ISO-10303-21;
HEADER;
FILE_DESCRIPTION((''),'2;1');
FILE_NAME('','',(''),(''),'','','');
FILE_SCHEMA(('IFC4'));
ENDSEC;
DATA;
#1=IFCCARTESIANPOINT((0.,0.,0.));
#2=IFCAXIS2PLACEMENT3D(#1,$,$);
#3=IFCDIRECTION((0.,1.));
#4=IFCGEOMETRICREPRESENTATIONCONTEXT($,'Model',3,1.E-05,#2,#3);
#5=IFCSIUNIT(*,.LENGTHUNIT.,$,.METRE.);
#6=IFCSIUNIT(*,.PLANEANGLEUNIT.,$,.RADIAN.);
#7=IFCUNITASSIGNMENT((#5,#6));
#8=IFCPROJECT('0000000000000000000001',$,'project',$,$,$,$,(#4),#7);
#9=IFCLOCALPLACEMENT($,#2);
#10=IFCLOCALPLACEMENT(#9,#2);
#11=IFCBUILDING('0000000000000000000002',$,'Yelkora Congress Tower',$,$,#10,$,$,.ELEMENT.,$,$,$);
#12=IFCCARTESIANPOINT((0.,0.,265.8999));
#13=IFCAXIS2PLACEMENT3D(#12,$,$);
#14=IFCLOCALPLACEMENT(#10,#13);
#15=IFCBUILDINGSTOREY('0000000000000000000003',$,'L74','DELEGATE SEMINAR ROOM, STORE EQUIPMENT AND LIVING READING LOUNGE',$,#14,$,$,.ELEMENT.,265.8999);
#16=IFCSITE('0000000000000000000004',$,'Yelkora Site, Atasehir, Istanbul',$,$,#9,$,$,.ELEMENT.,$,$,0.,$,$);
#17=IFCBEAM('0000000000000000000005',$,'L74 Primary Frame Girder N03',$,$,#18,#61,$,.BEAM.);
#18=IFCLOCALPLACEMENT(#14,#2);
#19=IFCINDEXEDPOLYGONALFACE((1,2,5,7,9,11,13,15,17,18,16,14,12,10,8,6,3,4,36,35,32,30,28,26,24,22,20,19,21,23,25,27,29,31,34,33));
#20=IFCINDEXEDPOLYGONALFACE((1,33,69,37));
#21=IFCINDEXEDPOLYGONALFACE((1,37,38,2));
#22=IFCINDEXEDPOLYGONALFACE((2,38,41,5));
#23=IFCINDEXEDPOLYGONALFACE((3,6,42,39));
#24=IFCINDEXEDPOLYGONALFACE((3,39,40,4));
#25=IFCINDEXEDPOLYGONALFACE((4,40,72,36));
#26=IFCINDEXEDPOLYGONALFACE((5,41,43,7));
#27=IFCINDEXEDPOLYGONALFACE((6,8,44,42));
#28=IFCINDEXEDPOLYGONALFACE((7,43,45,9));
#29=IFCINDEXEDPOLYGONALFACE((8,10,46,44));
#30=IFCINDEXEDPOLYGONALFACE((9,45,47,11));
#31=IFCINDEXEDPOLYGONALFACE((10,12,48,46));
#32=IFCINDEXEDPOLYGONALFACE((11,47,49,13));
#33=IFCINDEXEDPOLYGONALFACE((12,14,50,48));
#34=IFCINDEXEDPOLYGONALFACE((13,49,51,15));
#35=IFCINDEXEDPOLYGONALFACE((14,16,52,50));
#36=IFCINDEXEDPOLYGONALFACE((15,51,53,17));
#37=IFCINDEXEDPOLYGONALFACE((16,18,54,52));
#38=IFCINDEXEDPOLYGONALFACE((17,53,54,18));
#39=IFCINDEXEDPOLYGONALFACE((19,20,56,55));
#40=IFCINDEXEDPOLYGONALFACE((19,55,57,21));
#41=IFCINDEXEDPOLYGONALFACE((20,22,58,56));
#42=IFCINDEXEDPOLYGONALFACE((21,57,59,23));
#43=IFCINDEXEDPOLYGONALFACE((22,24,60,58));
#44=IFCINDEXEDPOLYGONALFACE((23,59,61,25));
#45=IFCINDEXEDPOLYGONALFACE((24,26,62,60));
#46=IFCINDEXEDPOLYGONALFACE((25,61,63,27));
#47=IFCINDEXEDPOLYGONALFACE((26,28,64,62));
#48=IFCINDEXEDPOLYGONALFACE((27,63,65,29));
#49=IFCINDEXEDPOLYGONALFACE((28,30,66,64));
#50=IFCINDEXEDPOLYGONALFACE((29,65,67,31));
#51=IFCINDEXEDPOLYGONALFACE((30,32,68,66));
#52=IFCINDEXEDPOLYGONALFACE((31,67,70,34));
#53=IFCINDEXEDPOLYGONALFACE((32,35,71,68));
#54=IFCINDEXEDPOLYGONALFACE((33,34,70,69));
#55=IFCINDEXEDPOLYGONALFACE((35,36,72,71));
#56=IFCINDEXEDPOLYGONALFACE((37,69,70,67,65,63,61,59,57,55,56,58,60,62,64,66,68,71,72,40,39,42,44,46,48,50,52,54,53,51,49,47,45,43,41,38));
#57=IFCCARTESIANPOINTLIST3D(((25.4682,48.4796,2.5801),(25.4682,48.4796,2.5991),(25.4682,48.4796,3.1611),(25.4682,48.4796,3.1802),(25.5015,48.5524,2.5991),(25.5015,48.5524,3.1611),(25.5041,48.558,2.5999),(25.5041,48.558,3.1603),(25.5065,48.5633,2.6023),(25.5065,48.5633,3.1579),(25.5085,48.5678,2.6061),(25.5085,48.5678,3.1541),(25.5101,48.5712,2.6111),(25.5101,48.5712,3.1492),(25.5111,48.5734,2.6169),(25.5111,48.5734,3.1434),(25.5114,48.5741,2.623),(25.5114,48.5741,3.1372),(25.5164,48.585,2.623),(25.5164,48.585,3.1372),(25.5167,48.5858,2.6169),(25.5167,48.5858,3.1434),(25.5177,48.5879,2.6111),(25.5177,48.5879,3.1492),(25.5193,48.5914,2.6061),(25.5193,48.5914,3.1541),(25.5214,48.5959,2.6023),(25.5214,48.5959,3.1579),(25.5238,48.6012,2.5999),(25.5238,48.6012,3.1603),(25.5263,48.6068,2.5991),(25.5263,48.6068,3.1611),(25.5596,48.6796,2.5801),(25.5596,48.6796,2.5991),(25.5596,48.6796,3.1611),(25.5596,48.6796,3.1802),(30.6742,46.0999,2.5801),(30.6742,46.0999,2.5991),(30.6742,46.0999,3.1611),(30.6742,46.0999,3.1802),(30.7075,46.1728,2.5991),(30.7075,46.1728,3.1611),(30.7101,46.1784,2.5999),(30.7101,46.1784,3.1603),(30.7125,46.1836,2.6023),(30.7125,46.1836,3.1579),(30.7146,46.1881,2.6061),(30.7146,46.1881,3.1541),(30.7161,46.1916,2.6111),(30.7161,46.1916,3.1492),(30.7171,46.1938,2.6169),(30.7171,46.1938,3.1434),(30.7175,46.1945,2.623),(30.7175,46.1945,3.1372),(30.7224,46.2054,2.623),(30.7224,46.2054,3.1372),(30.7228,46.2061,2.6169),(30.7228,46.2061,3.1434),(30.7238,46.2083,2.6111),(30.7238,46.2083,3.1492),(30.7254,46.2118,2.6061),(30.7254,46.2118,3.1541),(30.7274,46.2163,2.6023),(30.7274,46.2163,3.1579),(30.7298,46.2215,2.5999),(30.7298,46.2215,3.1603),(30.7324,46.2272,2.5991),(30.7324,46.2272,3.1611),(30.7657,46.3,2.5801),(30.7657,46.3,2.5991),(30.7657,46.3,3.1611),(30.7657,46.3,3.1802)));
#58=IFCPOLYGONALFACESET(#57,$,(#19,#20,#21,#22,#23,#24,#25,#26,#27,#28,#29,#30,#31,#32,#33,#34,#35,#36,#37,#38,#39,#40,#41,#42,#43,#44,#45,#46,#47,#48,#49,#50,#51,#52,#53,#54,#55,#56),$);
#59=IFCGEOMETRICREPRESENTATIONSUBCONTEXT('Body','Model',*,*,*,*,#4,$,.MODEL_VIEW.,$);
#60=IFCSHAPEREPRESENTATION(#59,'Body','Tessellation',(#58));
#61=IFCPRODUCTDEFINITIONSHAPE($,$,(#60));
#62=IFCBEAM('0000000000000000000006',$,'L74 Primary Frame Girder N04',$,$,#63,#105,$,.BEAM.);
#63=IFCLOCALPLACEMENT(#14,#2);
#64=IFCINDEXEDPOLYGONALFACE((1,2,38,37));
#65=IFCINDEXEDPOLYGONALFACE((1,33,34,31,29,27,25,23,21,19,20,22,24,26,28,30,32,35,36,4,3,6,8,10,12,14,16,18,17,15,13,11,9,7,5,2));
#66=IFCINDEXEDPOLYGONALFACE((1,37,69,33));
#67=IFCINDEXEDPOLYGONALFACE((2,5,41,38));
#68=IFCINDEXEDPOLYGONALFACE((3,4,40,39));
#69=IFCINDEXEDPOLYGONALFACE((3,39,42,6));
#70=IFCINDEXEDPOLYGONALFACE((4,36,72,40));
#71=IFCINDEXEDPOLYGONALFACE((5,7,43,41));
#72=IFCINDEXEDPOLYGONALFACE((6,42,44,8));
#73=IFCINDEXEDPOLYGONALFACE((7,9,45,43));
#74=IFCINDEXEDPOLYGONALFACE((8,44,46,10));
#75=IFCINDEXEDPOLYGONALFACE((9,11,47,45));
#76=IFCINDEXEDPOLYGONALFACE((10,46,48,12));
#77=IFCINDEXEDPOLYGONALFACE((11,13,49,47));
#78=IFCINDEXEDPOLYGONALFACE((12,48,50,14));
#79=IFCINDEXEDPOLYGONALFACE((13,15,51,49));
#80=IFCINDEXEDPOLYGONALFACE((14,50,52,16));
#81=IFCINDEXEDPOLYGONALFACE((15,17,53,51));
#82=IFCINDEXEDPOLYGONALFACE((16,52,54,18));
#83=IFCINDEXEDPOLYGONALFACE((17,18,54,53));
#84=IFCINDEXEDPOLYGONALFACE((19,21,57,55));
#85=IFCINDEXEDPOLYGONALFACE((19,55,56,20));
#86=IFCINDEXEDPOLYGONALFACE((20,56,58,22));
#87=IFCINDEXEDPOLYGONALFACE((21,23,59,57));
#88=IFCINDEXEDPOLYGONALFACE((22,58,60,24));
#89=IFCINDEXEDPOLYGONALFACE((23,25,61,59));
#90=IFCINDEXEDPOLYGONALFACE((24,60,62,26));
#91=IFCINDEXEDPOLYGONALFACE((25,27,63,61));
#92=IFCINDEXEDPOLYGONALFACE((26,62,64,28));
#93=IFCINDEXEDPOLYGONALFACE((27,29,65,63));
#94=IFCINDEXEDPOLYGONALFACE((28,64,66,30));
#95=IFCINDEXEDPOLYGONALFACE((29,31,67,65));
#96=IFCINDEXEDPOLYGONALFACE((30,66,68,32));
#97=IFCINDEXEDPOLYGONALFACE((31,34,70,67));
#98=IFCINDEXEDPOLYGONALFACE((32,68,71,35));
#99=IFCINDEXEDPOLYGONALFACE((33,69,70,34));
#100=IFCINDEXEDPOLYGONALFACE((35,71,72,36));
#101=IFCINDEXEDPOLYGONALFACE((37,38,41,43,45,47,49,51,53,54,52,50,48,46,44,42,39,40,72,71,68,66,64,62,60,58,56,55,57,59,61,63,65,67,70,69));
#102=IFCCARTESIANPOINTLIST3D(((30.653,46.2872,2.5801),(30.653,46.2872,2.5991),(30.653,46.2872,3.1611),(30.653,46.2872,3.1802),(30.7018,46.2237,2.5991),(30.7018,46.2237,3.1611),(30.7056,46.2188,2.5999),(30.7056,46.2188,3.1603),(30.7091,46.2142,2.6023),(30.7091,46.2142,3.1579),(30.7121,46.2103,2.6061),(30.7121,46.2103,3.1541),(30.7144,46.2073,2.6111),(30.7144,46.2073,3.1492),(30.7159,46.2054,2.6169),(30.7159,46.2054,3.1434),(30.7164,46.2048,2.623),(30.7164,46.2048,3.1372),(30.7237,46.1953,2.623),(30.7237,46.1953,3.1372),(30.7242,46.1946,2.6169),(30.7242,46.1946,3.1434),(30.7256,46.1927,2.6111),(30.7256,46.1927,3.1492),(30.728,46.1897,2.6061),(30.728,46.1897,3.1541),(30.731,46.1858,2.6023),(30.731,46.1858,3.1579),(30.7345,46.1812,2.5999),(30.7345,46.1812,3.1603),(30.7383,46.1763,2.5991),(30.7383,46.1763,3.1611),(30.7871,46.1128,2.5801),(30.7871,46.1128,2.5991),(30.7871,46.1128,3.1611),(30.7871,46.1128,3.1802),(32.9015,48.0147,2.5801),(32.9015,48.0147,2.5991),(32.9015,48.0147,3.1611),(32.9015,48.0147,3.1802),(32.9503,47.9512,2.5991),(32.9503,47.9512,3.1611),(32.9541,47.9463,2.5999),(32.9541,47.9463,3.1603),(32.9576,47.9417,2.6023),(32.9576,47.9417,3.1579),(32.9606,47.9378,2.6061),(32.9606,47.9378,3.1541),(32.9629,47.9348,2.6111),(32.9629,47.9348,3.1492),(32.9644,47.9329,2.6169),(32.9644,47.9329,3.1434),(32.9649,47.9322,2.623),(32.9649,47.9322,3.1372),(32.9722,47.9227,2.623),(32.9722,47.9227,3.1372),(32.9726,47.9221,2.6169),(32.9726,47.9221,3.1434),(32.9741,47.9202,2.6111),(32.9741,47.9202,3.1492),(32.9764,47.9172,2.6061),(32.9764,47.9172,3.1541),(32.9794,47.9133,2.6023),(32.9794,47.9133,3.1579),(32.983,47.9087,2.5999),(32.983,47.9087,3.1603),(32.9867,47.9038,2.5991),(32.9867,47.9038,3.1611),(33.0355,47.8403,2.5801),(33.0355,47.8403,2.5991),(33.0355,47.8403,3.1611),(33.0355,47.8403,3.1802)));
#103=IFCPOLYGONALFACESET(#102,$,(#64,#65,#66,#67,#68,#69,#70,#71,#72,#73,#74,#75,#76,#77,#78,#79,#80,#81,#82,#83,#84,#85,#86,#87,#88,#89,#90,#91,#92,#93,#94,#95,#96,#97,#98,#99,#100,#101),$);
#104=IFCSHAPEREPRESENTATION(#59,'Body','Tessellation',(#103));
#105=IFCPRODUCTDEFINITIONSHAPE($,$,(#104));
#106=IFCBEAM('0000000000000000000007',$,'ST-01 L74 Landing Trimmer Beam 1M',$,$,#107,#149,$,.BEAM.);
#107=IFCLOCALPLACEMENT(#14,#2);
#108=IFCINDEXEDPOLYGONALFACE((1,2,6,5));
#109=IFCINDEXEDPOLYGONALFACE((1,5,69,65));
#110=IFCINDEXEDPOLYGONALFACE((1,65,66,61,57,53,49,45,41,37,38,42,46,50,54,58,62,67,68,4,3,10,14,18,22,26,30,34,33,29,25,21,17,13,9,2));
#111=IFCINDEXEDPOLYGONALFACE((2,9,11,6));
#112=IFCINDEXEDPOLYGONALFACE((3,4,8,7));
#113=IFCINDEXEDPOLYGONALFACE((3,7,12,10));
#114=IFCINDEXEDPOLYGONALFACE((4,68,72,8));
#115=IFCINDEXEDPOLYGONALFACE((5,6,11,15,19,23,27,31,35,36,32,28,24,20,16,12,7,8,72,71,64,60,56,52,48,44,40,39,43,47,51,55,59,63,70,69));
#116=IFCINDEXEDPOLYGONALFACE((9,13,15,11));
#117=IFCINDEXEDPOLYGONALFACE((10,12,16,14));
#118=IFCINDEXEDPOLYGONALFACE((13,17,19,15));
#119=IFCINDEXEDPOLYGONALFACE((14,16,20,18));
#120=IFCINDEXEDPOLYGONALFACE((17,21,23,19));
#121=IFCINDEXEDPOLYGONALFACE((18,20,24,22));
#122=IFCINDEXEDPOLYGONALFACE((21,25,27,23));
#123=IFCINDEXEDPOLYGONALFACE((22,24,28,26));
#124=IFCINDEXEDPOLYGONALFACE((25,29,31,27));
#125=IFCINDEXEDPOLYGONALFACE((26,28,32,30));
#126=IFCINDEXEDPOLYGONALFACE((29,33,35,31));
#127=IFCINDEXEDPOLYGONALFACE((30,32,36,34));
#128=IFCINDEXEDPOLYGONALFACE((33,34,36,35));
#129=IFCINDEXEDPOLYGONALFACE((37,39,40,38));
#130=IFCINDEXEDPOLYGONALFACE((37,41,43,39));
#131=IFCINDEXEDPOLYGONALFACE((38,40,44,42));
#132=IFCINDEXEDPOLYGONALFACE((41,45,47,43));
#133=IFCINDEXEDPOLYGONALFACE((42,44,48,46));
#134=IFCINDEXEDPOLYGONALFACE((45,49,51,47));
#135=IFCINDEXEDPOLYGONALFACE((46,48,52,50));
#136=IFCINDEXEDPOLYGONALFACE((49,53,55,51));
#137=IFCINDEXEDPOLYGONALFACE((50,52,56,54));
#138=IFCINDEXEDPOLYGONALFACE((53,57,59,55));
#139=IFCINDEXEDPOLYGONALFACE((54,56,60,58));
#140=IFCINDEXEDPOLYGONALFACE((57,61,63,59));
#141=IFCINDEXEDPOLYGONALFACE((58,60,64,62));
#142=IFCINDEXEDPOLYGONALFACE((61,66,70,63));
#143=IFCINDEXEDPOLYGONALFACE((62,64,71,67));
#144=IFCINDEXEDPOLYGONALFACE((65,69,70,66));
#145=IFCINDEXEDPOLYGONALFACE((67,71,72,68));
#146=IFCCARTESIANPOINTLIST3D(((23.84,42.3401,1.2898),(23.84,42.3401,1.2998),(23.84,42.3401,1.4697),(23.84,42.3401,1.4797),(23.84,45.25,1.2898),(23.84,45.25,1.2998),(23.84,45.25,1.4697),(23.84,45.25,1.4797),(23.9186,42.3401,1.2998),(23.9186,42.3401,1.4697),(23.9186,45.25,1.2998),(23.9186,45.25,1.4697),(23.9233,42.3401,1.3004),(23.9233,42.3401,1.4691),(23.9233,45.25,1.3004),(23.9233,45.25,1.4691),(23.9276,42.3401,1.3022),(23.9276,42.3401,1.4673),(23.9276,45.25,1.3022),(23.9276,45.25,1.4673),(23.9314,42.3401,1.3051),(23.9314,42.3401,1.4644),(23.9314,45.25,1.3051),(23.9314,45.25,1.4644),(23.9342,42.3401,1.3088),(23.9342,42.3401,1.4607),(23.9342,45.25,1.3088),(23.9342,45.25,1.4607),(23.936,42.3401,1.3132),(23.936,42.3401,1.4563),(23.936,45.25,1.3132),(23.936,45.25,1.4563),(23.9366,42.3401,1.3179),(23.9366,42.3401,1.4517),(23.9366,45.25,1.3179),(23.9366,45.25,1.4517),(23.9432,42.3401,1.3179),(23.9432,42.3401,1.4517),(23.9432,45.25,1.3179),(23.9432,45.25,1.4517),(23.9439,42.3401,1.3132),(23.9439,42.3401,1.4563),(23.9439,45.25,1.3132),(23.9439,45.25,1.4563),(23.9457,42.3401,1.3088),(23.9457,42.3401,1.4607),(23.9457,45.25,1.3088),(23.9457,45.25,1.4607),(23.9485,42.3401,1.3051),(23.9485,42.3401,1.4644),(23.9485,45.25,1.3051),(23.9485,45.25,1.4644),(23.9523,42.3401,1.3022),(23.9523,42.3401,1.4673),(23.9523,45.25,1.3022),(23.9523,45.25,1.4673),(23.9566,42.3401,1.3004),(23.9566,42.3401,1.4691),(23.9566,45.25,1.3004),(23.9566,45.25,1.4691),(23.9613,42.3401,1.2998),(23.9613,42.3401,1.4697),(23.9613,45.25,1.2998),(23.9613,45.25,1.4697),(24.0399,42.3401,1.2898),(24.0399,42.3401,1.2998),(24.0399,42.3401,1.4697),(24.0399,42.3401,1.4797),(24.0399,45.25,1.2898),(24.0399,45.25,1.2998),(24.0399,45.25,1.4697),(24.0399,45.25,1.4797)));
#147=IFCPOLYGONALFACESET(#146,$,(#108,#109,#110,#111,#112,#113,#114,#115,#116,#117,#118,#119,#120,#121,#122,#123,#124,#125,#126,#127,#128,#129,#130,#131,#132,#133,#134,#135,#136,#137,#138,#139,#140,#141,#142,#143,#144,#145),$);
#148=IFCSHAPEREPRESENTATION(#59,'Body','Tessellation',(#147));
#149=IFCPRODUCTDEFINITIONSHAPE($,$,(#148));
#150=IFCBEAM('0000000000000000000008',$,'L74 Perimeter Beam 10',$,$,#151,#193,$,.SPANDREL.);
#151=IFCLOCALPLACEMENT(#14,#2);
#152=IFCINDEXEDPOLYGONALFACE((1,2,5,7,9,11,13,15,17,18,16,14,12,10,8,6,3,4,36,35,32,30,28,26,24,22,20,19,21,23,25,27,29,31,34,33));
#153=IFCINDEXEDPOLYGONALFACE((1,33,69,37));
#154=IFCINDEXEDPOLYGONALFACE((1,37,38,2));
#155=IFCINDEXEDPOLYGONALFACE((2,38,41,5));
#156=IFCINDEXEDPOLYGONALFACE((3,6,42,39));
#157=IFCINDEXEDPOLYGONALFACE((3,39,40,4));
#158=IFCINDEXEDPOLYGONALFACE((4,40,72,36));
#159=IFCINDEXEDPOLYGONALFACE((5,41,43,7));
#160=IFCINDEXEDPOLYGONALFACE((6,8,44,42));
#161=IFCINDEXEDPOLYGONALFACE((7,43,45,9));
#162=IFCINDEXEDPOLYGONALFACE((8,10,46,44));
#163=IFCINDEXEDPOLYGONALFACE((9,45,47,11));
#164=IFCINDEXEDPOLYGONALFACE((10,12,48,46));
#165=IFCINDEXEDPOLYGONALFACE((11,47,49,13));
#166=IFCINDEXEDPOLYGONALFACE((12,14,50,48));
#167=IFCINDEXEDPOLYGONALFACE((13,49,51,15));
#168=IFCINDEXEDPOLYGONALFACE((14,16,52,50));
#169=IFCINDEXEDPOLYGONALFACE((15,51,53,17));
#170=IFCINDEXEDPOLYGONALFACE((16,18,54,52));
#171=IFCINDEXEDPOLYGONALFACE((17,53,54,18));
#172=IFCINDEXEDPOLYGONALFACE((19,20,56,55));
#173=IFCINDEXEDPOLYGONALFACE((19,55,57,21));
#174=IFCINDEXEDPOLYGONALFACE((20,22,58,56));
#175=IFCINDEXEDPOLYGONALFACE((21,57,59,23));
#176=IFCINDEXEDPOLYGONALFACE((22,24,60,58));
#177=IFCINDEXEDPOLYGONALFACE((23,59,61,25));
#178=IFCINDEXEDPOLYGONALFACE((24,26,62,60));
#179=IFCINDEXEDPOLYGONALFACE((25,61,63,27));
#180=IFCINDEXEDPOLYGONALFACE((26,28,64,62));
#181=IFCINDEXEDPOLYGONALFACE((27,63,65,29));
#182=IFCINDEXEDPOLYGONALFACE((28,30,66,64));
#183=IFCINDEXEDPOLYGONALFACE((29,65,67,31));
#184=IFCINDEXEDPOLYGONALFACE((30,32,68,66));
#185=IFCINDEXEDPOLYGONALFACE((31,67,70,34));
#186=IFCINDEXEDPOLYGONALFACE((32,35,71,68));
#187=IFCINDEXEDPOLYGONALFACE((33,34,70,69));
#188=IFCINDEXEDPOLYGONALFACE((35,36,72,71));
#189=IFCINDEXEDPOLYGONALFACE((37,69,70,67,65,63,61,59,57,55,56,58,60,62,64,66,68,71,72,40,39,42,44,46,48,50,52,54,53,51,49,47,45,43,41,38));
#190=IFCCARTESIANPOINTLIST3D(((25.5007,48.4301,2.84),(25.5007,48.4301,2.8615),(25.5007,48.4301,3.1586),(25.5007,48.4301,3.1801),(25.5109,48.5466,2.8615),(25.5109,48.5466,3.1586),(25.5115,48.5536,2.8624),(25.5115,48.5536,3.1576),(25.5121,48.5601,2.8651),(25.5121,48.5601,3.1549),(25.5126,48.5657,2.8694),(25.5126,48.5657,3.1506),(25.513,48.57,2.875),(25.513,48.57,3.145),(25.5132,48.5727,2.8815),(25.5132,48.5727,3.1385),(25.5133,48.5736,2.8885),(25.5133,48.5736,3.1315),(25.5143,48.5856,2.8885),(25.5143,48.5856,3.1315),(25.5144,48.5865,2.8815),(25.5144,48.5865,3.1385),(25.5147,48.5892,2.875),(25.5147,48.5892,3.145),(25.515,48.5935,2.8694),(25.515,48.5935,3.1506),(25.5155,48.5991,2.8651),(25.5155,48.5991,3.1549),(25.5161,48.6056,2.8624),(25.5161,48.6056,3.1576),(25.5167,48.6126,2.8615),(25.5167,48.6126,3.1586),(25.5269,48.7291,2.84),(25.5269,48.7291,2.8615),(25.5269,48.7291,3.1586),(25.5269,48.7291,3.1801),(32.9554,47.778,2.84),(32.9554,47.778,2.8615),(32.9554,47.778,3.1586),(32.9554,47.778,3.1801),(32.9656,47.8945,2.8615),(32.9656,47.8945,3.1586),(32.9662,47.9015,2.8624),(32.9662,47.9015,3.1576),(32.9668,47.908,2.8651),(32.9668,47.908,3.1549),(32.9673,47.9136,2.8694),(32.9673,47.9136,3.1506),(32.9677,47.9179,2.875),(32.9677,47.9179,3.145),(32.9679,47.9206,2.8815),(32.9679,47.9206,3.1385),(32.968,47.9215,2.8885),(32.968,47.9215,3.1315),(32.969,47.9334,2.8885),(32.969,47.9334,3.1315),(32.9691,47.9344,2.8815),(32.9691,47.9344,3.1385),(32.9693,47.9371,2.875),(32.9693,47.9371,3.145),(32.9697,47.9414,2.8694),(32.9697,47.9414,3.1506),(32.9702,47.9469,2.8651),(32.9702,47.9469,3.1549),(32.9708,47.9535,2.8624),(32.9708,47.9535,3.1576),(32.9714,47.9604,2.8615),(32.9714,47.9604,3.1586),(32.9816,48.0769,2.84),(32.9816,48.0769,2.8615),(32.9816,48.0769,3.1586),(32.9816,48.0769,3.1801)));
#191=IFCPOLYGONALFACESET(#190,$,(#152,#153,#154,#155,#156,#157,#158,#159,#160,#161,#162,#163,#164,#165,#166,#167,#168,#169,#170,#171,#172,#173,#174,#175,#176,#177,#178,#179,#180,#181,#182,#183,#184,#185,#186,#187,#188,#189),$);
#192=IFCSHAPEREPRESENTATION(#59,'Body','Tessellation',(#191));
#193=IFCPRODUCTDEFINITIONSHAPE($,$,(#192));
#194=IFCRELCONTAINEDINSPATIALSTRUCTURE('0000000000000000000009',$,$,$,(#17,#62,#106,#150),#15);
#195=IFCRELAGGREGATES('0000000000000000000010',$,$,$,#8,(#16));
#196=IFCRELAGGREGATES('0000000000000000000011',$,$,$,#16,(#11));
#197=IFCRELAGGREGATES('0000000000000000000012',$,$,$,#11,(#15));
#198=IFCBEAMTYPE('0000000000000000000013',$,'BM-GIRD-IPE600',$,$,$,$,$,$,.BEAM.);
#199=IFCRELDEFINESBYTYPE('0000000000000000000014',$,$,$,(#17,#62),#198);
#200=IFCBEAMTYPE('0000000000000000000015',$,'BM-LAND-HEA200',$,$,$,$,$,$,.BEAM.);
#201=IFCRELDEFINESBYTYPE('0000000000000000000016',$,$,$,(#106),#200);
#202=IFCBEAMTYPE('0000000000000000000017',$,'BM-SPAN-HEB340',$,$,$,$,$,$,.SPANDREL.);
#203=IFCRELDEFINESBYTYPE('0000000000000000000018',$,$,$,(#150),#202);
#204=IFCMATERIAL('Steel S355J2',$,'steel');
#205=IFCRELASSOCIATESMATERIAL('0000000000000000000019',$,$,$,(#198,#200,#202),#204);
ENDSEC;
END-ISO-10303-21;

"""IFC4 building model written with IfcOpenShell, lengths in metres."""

from ifc_helpers import new_model, si_unit, direction, frame, origin, origin_2d, place, context, subcontext, project, spatial, i_section, extrude, material, material_profile, profile_set, type_object, element, save


model = new_model("IFC4")

# Units and contexts
model_context = context("Model", 3, precision=1e-05, world=origin(), true_north=direction((0.0, 1.0)))
body_context = subcontext(model_context, "Body", "Model", "MODEL_VIEW")
ifc_project = project(units=[si_unit("LENGTHUNIT", "METRE"), si_unit("PLANEANGLEUNIT", "RADIAN")], contexts=[model_context])

# Site, building, storey
site_placement = place(None, origin())
site = spatial("IfcSite", under=ifc_project, at=site_placement, Name="Yelkora Site, Atasehir, Istanbul", CompositionType="ELEMENT", RefElevation=0.0)
building_placement = place(site_placement, origin())
building = spatial("IfcBuilding", under=site, at=building_placement, Name="Yelkora Congress Tower", CompositionType="ELEMENT")
storey_placement = place(building_placement, frame((0.0, 0.0, 265.8999)))
storey = spatial("IfcBuildingStorey", under=building, at=storey_placement, Name="L74", Description="DELEGATE SEMINAR ROOM, STORE EQUIPMENT AND LIVING READING LOUNGE", CompositionType="ELEMENT", Elevation=265.8999)

# Shared definitions
ifc_material_1 = material(Name="Steel S355J2", Category="steel")

# Beams
ifc_material_profile_1 = material_profile(ifc_material_1, i_section(OverallWidth=0.22, OverallDepth=0.6001, WebThickness=0.012, FlangeThickness=0.019, FilletRadius=0.0239, at=origin_2d()), Name="IPE 600")
ifc_profile_set_1 = profile_set([ifc_material_profile_1], Name="Steel S355J2")
beam_type_1 = type_object("IfcBeamType", Name="BM-GIRD-IPE600", PredefinedType="BEAM", material=ifc_profile_set_1)
beam_1_placement = place(storey_placement, frame((25.5139, 48.5796, 2.8801), z_axis=(0.909492, -0.41572, 0.0), x_axis=(0.41572, 0.909492, 0.0)))
element("IfcBeam", 1, at=beam_1_placement, inside=storey, type_object=beam_type_1, Name="L74 Primary Frame Girder N03", PredefinedType="BEAM", context=body_context, shape_type="SweptSolid", body=[
    extrude(i_section(OverallWidth=0.22, OverallDepth=0.6001, WebThickness=0.012, FlangeThickness=0.019, FilletRadius=0.0239, at=origin_2d()), origin(), (0.0, 0.0, 1.0), 5.7241),
])
beam_2_placement = place(storey_placement, frame((32.9685, 47.9275, 2.8801), z_axis=(-0.792982, -0.609245, 0.0), x_axis=(0.609245, -0.792982, 0.0)))
element("IfcBeam", 2, at=beam_2_placement, inside=storey, type_object=beam_type_1, Name="L74 Primary Frame Girder N04", PredefinedType="BEAM", context=body_context, shape_type="SweptSolid", body=[
    extrude(i_section(OverallWidth=0.22, OverallDepth=0.6001, WebThickness=0.012, FlangeThickness=0.019, FilletRadius=0.0239, at=origin_2d()), origin(), (0.0, 0.0, 1.0), 2.8354),
])
ifc_material_profile_2 = material_profile(ifc_material_1, i_section(OverallWidth=0.2, OverallDepth=0.1899, WebThickness=0.0066, FlangeThickness=0.01, FilletRadius=0.0181, at=origin_2d()), Name="HEA 200")
ifc_profile_set_2 = profile_set([ifc_material_profile_2], Name="Steel S355J2")
beam_type_2 = type_object("IfcBeamType", Name="BM-LAND-HEA200", PredefinedType="BEAM", material=ifc_profile_set_2)
beam_3_placement = place(storey_placement, frame((23.9399, 42.3401, 1.3848), z_axis=(0.0, 1.0, 0.0), x_axis=(-1.0, 0.0, 0.0)))
element("IfcBeam", 3, at=beam_3_placement, inside=storey, type_object=beam_type_2, Name="ST-01 L74 Landing Trimmer Beam 1M", PredefinedType="BEAM", context=body_context, shape_type="SweptSolid", body=[
    extrude(i_section(OverallWidth=0.2, OverallDepth=0.1899, WebThickness=0.0066, FlangeThickness=0.01, FilletRadius=0.0181, at=origin_2d()), origin(), (0.0, 0.0, 1.0), 2.9099),
])
ifc_material_profile_3 = material_profile(ifc_material_1, i_section(OverallWidth=0.3, OverallDepth=0.3401, WebThickness=0.012, FlangeThickness=0.0215, FilletRadius=0.0271, at=origin_2d()), Name="HEB 340")
ifc_profile_set_3 = profile_set([ifc_material_profile_3], Name="Steel S355J2")
beam_type_3 = type_object("IfcBeamType", Name="BM-SPAN-HEB340", PredefinedType="SPANDREL", material=ifc_profile_set_3)
beam_4_placement = place(storey_placement, frame((32.9685, 47.9275, 3.01), z_axis=(-0.996196, 0.087143, 0.0), x_axis=(-0.087143, -0.996196, 0.0)))
element("IfcBeam", 4, at=beam_4_placement, inside=storey, type_object=beam_type_3, Name="L74 Perimeter Beam 10", PredefinedType="SPANDREL", context=body_context, shape_type="SweptSolid", body=[
    extrude(i_section(OverallWidth=0.3, OverallDepth=0.3401, WebThickness=0.012, FlangeThickness=0.0215, FilletRadius=0.0271, at=origin_2d()), origin(), (0.0, 0.0, 1.0), 7.4832),
])

save(model, "model.ifc")
